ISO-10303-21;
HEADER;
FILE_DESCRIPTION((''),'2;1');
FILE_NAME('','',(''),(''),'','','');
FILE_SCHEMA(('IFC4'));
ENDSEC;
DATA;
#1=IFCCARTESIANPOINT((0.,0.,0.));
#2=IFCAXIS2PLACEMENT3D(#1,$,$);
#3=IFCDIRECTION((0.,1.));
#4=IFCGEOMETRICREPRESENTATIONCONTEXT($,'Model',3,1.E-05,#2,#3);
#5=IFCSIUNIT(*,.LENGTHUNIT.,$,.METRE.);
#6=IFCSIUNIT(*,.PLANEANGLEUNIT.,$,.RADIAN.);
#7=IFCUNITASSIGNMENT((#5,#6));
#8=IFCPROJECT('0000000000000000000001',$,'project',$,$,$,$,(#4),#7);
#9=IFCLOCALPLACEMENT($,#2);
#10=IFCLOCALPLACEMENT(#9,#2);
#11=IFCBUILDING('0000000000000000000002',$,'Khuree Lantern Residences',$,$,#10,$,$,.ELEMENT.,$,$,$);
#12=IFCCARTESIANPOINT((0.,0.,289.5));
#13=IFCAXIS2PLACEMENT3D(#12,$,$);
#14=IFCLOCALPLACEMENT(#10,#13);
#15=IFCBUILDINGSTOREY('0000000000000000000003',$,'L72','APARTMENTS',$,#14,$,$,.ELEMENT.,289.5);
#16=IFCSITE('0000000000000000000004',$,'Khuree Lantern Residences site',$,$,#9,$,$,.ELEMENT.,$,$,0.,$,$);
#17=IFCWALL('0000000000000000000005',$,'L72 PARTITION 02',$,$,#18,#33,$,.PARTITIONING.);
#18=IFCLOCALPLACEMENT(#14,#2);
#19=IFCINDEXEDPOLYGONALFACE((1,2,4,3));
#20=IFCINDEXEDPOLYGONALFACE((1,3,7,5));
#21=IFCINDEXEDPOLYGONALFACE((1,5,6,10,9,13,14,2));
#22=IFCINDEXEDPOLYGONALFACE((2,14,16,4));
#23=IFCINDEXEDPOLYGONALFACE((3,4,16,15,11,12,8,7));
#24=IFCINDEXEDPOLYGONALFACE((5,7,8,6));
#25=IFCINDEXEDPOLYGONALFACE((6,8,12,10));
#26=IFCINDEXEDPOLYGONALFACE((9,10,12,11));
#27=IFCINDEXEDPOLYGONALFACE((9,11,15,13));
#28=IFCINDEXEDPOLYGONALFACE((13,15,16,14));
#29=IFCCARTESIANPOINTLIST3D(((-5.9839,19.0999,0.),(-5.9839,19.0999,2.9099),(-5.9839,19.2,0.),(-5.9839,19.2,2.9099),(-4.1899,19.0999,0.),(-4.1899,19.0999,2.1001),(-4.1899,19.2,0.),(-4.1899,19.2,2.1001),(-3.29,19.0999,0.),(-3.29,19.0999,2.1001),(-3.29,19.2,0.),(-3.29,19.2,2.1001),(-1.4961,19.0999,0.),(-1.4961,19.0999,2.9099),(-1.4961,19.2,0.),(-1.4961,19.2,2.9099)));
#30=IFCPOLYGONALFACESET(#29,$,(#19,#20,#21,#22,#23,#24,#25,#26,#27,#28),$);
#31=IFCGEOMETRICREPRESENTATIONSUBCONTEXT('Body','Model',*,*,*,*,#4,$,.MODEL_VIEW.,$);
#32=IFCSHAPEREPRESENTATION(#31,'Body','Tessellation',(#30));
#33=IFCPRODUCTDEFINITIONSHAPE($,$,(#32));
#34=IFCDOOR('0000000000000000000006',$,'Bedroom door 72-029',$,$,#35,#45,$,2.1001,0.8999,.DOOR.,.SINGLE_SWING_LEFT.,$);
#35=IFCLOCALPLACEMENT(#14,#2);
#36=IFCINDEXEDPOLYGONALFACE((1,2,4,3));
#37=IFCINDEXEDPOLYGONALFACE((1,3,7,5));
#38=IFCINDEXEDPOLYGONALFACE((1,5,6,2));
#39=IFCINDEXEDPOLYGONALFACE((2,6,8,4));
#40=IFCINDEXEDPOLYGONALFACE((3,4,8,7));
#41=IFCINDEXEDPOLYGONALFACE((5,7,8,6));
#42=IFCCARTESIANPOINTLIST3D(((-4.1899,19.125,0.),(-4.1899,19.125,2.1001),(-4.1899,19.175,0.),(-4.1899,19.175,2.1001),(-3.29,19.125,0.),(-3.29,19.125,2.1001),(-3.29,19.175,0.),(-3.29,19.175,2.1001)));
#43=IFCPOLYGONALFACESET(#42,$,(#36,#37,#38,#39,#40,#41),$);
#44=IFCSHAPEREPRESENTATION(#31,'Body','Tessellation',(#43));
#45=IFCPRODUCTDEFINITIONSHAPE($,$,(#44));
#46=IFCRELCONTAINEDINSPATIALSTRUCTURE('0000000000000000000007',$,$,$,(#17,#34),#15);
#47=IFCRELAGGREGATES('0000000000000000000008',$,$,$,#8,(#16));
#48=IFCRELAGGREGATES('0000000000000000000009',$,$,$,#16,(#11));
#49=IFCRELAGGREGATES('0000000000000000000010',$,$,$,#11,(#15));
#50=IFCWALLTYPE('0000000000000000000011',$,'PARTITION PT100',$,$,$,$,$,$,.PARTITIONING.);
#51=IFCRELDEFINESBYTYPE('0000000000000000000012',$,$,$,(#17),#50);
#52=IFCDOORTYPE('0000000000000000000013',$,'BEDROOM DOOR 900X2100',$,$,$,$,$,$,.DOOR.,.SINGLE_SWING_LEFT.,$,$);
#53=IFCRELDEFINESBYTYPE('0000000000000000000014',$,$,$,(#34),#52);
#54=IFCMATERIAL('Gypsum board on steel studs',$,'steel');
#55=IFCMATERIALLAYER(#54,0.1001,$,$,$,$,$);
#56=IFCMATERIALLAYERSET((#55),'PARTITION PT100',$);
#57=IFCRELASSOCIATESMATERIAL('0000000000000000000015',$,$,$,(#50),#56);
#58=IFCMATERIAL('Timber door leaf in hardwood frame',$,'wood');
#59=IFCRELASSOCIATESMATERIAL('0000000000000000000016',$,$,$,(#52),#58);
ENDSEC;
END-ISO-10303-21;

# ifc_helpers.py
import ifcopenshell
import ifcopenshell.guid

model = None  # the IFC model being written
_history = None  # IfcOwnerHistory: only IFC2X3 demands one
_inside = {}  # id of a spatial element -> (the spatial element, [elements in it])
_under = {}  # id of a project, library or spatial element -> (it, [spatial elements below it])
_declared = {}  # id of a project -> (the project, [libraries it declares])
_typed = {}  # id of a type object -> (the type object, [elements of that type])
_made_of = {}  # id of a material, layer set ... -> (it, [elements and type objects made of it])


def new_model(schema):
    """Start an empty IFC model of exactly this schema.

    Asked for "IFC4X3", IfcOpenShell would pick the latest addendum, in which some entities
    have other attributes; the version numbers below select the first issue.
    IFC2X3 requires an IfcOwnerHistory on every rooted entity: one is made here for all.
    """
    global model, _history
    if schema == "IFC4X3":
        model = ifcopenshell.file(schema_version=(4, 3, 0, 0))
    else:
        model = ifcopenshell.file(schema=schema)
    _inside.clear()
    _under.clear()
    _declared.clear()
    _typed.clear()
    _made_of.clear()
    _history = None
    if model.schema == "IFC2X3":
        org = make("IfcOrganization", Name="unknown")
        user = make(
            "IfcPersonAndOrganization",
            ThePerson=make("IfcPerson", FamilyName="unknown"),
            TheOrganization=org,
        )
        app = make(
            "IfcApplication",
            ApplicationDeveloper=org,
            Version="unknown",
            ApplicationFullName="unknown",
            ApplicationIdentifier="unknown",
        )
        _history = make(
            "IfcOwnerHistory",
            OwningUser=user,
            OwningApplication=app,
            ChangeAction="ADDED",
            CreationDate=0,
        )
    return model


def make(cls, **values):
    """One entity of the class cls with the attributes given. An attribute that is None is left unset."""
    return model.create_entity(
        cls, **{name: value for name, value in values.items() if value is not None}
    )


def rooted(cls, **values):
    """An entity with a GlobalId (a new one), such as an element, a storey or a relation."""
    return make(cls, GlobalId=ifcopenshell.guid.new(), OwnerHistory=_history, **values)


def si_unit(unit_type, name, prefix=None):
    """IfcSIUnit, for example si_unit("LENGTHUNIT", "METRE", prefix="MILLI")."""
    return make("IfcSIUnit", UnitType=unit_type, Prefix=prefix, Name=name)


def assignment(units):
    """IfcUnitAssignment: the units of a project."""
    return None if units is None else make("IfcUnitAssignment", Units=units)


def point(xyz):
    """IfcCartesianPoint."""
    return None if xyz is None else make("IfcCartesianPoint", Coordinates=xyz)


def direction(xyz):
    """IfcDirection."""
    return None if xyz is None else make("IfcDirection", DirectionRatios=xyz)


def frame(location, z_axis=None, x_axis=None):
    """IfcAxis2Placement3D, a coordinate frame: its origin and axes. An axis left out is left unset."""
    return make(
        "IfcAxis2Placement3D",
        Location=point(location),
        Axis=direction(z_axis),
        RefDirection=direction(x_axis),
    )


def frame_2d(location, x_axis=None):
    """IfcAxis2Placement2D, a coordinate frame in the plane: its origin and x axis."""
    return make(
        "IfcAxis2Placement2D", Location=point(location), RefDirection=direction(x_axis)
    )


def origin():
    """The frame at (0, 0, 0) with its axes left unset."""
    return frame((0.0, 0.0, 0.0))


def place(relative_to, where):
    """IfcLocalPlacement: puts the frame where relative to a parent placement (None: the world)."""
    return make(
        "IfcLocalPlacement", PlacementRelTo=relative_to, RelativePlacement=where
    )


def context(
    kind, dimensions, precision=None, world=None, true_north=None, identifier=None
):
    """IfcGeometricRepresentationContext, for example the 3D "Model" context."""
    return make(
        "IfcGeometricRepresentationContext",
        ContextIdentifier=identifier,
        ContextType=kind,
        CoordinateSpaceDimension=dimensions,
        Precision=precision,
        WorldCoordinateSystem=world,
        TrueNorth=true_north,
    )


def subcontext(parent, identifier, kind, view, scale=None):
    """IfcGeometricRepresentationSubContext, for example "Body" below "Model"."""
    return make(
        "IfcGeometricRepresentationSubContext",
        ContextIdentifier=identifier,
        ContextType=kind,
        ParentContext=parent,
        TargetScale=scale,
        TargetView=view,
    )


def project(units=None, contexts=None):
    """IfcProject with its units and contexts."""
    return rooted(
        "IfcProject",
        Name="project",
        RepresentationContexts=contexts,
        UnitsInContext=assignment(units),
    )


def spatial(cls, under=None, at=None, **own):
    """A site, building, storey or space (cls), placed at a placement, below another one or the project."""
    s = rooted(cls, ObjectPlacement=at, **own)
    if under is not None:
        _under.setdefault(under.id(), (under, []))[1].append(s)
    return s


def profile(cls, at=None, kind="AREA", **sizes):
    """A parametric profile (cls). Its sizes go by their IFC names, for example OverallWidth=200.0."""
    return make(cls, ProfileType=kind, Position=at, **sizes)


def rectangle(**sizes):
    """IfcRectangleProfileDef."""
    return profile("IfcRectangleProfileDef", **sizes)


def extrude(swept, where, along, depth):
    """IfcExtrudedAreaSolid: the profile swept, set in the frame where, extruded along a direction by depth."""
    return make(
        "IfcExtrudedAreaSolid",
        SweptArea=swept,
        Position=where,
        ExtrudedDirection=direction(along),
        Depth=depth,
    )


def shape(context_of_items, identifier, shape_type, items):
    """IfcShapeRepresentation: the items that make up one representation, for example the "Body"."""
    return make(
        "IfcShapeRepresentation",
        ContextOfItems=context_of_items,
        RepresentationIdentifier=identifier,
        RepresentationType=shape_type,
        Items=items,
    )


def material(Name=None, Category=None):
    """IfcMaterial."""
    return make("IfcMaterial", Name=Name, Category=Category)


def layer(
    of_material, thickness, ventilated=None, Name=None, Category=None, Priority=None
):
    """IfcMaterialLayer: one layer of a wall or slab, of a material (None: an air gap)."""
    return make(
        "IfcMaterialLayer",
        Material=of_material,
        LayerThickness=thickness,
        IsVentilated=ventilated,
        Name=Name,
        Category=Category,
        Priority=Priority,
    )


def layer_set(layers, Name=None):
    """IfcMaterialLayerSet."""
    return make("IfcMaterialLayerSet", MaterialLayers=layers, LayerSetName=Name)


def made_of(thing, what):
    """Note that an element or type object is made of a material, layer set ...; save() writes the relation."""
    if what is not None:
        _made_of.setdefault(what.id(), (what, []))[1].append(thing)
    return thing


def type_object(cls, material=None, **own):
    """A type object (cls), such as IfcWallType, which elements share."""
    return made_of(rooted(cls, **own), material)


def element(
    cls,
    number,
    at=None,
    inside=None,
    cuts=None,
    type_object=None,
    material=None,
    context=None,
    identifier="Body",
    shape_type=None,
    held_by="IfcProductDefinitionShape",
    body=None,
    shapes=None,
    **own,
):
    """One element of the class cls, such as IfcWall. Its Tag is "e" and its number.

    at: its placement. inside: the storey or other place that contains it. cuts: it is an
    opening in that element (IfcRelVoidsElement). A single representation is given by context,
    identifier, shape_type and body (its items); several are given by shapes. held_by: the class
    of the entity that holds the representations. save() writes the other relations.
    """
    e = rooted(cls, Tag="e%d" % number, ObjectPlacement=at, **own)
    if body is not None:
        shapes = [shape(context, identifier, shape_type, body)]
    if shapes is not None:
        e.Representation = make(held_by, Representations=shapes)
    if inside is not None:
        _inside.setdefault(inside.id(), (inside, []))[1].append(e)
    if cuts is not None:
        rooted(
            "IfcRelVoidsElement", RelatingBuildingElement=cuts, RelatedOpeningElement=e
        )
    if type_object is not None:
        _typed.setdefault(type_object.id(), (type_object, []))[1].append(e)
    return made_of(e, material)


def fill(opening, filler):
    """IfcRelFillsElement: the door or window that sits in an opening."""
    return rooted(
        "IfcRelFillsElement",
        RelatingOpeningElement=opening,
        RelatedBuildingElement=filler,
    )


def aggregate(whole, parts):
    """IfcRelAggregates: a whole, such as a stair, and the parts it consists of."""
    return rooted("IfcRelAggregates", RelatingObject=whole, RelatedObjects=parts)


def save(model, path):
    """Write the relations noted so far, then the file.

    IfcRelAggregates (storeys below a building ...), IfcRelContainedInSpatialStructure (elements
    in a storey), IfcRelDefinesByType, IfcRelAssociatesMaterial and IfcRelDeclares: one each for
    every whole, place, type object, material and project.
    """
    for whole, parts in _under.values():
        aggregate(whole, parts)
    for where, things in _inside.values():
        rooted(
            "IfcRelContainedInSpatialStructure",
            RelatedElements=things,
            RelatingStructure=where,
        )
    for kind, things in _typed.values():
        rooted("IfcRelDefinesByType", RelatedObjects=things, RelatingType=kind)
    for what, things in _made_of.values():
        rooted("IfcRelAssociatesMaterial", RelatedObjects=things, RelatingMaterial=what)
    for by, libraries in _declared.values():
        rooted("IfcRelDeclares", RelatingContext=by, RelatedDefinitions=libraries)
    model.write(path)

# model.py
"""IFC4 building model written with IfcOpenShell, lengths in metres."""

from ifc_helpers import new_model, si_unit, direction, frame, frame_2d, origin, place, context, subcontext, project, spatial, rectangle, extrude, material, layer, layer_set, type_object, element, fill, save


model = new_model("IFC4")

# Units and contexts
model_context = context("Model", 3, precision=1e-05, world=origin(), true_north=direction((0.0, 1.0)))
body_context = subcontext(model_context, "Body", "Model", "MODEL_VIEW")
ifc_project = project(units=[si_unit("LENGTHUNIT", "METRE"), si_unit("PLANEANGLEUNIT", "RADIAN")], contexts=[model_context])

# Site, building, storey
site_placement = place(None, origin())
site = spatial("IfcSite", under=ifc_project, at=site_placement, Name="Khuree Lantern Residences site", CompositionType="ELEMENT", RefElevation=0.0)
building_placement = place(site_placement, origin())
building = spatial("IfcBuilding", under=site, at=building_placement, Name="Khuree Lantern Residences", CompositionType="ELEMENT")
storey_placement = place(building_placement, frame((0.0, 0.0, 289.5)))
storey = spatial("IfcBuildingStorey", under=building, at=storey_placement, Name="L72", Description="APARTMENTS", CompositionType="ELEMENT", Elevation=289.5)

# Shared definitions
ifc_material_1 = material(Name="Gypsum board on steel studs", Category="steel")
ifc_layer_1 = layer(ifc_material_1, 0.1001)
ifc_layer_set_1 = layer_set([ifc_layer_1], Name="PARTITION PT100")
wall_type = type_object("IfcWallType", Name="PARTITION PT100", PredefinedType="PARTITIONING", material=ifc_layer_set_1)

# Wall, opening, door
wall_placement = place(storey_placement, frame((-1.4961, 19.1499, 0.0), z_axis=(0.0, 0.0, 1.0), x_axis=(-1.0, 0.0, 0.0)))
wall = element("IfcWall", 1, at=wall_placement, inside=storey, type_object=wall_type, Name="L72 PARTITION 02", PredefinedType="PARTITIONING", context=body_context, shape_type="SweptSolid", body=[
    extrude(rectangle(XDim=4.4878, YDim=0.1001, at=frame_2d((2.2439, 0.0))), origin(), (0.0, 0.0, 1.0), 2.9099),
])
opening_placement = place(wall_placement, frame((1.7939, 0.0, 0.0)))
opening = element("IfcOpeningElement", 2, at=opening_placement, cuts=wall, PredefinedType="OPENING", context=body_context, shape_type="SweptSolid", body=[
    extrude(rectangle(XDim=0.8999, YDim=2.1001, at=frame_2d((0.45, 1.05))), frame((0.0, 0.0601, 0.0), z_axis=(0.0, -1.0, 0.0), x_axis=(1.0, 0.0, 0.0)), (0.0, 0.0, 1.0), 0.1201),
])
ifc_material_2 = material(Name="Timber door leaf in hardwood frame", Category="wood")
door_type = type_object("IfcDoorType", Name="BEDROOM DOOR 900X2100", OperationType="SINGLE_SWING_LEFT", PredefinedType="DOOR", material=ifc_material_2)
door_placement = place(opening_placement, origin())
door = element("IfcDoor", 3, at=door_placement, inside=storey, type_object=door_type, Name="Bedroom door 72-029", OperationType="SINGLE_SWING_LEFT", OverallHeight=2.1001, OverallWidth=0.8999, PredefinedType="DOOR", context=body_context, shape_type="SweptSolid", body=[
    extrude(rectangle(XDim=0.8999, YDim=2.1001, at=frame_2d((0.45, 1.05))), frame((0.0, 0.0249, 0.0), z_axis=(0.0, -1.0, 0.0), x_axis=(1.0, 0.0, 0.0)), (0.0, 0.0, 1.0), 0.05),
])
fill(opening, door)

save(model, "model.ifc")
